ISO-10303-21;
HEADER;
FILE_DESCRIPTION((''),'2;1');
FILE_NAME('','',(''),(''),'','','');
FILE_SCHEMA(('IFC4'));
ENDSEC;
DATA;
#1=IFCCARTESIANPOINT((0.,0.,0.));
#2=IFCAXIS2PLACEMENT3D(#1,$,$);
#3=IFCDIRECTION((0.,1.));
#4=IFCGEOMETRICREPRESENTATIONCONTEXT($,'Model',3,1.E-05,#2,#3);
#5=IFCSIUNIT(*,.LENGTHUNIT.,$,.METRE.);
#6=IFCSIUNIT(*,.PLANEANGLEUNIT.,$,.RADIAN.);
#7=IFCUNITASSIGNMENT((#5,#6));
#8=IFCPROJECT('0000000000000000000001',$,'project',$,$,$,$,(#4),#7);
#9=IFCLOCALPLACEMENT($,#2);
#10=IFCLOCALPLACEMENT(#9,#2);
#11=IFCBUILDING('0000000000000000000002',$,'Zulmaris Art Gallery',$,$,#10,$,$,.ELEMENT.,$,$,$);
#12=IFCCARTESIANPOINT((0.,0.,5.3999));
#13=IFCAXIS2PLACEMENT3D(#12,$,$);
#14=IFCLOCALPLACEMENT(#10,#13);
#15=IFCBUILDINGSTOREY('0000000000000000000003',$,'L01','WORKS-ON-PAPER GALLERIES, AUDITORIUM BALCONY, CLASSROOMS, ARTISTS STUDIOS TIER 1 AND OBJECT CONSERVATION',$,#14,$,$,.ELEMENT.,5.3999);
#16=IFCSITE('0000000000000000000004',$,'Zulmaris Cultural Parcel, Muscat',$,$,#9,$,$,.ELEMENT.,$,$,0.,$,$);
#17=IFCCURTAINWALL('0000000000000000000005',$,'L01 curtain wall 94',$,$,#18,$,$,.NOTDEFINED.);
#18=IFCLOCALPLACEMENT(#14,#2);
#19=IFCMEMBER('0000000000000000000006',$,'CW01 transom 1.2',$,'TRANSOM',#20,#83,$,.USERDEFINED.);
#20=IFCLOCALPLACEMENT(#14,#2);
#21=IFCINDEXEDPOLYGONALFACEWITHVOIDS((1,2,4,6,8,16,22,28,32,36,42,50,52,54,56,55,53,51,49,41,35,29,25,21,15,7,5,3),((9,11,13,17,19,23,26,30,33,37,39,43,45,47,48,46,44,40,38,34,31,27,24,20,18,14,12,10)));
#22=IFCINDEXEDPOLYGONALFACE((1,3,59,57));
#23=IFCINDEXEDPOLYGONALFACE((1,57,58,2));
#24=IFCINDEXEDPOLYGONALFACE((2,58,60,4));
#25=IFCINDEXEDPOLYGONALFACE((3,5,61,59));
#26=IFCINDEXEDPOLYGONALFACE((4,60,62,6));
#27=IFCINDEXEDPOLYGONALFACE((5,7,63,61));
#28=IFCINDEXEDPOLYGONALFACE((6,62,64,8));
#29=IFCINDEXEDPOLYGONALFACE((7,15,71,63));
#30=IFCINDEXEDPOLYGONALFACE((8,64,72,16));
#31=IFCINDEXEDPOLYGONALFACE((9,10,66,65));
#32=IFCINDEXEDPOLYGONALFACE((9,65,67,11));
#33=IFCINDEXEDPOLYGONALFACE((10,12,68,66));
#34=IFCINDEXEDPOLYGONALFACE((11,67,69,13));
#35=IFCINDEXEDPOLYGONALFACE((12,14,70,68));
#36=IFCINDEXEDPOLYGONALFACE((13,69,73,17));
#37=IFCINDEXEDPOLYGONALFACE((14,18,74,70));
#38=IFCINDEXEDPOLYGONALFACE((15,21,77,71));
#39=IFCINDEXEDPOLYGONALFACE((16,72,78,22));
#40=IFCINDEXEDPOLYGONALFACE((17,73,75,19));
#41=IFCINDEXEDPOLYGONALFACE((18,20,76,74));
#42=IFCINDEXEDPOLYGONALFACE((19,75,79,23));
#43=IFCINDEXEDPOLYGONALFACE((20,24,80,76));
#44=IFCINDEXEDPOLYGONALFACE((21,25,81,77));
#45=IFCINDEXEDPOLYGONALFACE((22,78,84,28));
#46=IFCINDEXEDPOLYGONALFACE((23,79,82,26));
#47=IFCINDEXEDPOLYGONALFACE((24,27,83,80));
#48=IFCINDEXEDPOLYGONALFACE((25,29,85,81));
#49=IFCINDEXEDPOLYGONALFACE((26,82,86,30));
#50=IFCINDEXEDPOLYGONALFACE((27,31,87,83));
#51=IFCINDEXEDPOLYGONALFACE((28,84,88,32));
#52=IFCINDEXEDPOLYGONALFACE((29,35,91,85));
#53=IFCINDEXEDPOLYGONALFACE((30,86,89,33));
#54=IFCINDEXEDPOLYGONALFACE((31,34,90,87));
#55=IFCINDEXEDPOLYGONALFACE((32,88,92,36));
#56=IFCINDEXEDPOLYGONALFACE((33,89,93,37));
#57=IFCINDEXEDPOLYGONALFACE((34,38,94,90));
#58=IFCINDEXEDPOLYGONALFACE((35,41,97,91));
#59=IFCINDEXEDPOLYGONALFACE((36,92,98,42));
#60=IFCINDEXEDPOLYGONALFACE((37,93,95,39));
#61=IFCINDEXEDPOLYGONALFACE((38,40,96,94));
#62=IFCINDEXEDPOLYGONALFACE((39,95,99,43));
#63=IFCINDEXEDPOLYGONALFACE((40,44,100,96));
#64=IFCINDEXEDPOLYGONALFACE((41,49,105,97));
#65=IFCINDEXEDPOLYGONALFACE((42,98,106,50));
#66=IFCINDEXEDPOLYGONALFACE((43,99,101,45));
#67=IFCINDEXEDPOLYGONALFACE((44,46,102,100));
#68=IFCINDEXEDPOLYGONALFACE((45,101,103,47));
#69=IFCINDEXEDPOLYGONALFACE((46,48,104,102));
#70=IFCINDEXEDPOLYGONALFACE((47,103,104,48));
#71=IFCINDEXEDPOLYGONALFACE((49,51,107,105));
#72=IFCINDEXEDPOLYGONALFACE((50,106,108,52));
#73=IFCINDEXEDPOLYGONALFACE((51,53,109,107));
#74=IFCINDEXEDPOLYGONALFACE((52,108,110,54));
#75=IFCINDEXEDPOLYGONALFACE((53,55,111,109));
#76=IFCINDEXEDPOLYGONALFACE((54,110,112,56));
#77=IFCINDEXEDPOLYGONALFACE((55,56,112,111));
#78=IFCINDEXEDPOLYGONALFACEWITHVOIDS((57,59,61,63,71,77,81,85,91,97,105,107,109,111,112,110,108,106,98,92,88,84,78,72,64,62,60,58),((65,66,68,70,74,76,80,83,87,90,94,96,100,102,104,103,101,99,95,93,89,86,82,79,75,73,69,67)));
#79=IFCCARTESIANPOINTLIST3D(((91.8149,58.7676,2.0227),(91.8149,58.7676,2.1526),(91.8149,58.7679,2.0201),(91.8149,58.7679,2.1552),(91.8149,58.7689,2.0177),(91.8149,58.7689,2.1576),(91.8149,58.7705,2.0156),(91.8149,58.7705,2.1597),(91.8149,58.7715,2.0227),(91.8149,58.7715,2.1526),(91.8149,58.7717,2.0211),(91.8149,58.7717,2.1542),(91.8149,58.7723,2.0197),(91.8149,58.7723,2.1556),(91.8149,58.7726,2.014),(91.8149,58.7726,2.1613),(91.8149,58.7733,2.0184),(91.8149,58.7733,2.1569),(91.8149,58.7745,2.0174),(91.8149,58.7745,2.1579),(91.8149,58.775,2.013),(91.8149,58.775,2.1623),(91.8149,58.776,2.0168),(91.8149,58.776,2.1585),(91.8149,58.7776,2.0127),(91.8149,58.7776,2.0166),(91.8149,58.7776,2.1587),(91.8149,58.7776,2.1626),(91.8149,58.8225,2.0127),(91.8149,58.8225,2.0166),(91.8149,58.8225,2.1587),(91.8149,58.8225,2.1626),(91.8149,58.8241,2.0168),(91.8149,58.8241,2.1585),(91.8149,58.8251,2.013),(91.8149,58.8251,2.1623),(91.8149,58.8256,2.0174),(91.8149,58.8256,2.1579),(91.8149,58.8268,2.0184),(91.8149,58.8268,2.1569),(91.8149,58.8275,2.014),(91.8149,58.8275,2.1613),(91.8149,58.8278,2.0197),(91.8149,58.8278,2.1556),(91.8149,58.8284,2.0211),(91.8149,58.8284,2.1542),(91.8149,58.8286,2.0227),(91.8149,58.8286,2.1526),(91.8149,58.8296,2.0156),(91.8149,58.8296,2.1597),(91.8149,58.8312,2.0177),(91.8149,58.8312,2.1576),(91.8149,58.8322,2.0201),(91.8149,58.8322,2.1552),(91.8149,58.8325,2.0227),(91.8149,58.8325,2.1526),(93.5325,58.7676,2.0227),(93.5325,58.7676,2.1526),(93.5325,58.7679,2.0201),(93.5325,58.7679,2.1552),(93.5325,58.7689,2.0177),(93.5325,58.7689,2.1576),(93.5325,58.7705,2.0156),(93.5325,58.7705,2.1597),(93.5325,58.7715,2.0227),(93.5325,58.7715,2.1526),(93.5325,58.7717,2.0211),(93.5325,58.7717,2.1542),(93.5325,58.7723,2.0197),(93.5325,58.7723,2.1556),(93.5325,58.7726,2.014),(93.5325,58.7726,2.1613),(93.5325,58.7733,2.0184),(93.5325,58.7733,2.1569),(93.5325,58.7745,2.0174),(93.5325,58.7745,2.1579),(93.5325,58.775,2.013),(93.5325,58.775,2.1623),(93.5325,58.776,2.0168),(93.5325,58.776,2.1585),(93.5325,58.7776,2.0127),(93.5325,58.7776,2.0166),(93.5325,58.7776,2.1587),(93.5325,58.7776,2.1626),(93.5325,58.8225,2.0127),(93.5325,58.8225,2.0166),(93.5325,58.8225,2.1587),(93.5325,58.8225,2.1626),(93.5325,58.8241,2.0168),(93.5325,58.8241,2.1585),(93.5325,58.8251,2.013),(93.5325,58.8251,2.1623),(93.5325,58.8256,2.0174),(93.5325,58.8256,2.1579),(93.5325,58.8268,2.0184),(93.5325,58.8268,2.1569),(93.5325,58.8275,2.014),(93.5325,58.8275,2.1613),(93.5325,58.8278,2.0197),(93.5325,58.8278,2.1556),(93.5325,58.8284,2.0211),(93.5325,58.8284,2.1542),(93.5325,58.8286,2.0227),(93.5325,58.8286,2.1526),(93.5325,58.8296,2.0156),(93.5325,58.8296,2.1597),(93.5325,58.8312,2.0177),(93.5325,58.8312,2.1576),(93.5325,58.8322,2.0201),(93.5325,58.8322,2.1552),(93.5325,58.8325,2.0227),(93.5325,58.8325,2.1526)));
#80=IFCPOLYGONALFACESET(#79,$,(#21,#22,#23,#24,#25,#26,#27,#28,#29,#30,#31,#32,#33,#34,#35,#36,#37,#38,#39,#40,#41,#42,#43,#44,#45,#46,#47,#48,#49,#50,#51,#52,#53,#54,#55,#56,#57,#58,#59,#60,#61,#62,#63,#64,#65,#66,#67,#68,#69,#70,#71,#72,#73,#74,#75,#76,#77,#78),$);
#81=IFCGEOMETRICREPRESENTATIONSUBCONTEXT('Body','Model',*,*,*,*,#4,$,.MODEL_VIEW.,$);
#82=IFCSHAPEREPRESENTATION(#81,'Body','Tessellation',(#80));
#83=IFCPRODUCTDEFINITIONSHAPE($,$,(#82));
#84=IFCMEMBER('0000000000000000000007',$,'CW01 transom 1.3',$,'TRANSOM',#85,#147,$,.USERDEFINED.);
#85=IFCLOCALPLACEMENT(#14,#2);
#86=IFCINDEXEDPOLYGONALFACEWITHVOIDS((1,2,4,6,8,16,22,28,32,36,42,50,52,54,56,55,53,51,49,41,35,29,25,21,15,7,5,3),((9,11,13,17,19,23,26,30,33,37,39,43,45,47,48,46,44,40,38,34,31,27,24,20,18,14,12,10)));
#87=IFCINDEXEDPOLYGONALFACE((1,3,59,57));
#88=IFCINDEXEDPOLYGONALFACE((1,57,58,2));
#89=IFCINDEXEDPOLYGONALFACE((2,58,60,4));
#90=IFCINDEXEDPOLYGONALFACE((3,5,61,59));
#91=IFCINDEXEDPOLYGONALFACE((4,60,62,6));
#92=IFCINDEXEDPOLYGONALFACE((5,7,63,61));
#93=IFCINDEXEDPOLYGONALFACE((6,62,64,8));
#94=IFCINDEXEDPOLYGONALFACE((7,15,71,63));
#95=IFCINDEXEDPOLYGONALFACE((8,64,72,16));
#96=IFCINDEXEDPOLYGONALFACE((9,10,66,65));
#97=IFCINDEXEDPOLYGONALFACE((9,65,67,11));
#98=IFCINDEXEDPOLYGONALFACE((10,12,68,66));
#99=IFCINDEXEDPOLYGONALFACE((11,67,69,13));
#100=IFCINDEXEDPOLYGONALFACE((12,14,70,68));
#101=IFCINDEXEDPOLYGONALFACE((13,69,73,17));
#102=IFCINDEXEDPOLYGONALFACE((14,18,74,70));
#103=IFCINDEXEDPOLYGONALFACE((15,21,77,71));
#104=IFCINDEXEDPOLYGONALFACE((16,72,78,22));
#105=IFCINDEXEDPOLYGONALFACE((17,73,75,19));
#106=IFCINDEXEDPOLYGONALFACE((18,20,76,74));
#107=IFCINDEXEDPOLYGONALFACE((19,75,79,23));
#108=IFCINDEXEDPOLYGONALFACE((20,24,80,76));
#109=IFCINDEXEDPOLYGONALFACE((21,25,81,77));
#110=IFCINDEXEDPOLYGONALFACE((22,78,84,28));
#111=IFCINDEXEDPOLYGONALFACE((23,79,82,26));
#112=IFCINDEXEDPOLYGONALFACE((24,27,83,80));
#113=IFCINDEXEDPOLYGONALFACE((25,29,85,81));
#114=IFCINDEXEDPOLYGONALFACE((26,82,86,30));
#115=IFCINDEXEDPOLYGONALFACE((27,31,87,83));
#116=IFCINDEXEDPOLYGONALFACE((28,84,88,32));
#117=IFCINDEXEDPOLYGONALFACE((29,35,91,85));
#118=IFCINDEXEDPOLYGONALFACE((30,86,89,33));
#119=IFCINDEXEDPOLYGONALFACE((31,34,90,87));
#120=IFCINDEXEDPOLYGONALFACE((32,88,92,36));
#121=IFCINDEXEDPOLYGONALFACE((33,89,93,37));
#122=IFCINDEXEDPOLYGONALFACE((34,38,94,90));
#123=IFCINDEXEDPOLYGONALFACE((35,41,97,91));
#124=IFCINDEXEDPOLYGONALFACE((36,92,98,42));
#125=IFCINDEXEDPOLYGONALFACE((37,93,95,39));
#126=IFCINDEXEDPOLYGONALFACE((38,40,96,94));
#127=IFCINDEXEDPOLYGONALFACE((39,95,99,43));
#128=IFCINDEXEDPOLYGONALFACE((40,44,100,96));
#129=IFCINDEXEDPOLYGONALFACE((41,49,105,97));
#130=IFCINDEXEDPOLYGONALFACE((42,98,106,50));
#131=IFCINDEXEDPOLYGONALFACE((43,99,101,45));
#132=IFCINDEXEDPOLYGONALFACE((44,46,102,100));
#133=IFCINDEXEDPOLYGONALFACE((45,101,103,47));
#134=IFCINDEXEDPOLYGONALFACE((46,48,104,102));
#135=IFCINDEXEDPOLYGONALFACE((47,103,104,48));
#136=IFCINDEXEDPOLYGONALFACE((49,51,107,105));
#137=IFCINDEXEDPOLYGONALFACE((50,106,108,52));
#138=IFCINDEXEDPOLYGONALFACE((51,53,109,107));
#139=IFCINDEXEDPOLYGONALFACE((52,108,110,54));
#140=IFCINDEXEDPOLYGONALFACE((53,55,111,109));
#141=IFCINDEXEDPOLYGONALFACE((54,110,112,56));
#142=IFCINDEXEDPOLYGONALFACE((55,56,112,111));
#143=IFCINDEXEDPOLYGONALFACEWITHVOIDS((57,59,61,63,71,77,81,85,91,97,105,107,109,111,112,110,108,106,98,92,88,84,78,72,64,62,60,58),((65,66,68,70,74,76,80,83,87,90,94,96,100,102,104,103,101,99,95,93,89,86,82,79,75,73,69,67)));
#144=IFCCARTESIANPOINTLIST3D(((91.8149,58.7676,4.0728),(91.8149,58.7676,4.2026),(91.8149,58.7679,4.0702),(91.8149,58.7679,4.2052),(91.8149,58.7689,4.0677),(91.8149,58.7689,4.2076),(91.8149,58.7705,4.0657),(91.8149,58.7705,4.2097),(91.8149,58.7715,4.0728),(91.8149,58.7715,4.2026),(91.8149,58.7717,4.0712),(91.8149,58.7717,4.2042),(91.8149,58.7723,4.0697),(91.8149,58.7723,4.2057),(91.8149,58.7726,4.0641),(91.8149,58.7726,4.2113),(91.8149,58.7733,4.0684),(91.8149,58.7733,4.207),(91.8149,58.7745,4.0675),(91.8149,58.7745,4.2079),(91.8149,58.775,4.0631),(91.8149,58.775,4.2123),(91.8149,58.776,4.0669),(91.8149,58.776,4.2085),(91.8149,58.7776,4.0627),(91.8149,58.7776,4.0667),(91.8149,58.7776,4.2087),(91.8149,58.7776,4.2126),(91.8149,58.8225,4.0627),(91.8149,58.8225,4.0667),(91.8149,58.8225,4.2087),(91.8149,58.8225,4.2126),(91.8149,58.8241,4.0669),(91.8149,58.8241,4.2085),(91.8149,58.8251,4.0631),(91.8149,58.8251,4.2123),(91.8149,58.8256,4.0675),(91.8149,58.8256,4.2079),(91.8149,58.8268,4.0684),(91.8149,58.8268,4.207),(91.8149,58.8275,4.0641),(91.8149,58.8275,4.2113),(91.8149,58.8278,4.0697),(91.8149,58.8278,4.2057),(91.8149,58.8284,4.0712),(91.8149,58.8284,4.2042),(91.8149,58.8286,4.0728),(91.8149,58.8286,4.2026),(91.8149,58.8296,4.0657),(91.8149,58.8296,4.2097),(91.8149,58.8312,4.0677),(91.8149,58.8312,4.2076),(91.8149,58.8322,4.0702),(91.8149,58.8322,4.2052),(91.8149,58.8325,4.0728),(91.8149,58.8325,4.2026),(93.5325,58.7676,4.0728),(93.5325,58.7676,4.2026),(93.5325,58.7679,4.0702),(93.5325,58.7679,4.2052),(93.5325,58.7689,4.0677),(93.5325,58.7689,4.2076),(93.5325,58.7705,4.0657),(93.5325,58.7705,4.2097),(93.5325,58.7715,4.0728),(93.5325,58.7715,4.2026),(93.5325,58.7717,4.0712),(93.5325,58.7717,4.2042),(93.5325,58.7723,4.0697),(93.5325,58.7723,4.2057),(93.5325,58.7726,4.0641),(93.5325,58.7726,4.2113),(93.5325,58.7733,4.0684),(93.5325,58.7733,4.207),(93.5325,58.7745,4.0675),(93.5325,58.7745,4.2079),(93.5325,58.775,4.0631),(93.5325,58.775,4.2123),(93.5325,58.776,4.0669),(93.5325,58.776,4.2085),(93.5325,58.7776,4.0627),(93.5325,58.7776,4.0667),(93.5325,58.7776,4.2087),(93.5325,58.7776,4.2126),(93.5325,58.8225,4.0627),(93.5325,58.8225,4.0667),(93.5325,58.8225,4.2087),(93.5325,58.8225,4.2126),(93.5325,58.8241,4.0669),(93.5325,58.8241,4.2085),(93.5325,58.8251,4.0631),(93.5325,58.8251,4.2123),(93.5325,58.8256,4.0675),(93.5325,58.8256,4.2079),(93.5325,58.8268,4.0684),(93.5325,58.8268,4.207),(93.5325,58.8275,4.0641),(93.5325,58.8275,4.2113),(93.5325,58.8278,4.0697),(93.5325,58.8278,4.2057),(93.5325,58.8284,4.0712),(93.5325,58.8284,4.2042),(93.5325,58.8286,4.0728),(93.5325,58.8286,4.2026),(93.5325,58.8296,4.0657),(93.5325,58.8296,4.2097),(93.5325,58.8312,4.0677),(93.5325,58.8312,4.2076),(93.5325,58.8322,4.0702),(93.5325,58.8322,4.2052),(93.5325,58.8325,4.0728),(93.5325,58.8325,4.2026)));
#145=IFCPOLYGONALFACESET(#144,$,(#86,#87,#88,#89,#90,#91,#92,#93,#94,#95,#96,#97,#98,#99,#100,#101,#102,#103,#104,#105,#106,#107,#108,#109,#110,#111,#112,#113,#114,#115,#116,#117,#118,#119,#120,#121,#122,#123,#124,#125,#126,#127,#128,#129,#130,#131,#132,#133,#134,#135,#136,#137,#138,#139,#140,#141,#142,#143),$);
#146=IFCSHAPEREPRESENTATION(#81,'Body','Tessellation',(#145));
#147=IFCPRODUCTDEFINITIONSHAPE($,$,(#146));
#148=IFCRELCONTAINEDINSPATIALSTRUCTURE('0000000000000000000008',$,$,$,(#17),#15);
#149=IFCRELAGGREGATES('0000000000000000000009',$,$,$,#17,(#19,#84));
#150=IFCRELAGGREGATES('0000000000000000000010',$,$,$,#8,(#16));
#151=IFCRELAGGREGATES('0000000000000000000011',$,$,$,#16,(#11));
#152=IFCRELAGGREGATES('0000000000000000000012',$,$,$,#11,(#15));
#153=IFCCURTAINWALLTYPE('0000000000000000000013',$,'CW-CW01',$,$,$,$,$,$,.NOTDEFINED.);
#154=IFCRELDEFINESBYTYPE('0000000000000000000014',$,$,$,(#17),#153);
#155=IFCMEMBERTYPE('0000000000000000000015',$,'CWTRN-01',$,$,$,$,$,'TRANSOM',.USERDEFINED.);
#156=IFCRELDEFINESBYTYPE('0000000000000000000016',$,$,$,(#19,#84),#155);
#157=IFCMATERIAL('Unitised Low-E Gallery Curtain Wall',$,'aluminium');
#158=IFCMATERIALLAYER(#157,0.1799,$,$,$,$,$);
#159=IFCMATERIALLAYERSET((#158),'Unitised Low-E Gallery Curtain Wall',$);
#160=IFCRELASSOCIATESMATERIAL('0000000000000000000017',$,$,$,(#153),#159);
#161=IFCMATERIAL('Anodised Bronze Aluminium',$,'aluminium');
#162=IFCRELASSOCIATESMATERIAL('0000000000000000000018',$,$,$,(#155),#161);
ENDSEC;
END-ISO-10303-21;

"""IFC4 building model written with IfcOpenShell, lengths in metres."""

from ifc_helpers import new_model, si_unit, direction, frame, origin, origin_2d, place, context, subcontext, project, spatial, hollow_rectangle, extrude, material, layer, layer_set, material_profile, profile_set, type_object, element, aggregate, save


model = new_model("IFC4")

# Units and contexts
model_context = context("Model", 3, precision=1e-05, world=origin(), true_north=direction((0.0, 1.0)))
body_context = subcontext(model_context, "Body", "Model", "MODEL_VIEW")
ifc_project = project(units=[si_unit("LENGTHUNIT", "METRE"), si_unit("PLANEANGLEUNIT", "RADIAN")], contexts=[model_context])

# Site, building, storey
site_placement = place(None, origin())
site = spatial("IfcSite", under=ifc_project, at=site_placement, Name="Zulmaris Cultural Parcel, Muscat", CompositionType="ELEMENT", RefElevation=0.0)
building_placement = place(site_placement, origin())
building = spatial("IfcBuilding", under=site, at=building_placement, Name="Zulmaris Art Gallery", CompositionType="ELEMENT")
storey_placement = place(building_placement, frame((0.0, 0.0, 5.3999)))
storey = spatial("IfcBuildingStorey", under=building, at=storey_placement, Name="L01", Description="WORKS-ON-PAPER GALLERIES, AUDITORIUM BALCONY, CLASSROOMS, ARTISTS STUDIOS TIER 1 AND OBJECT CONSERVATION", CompositionType="ELEMENT", Elevation=5.3999)

# Shared definitions
ifc_material_1 = material(Name="Anodised Bronze Aluminium", Category="aluminium")

# Curtain wall
ifc_material_2 = material(Name="Unitised Low-E Gallery Curtain Wall", Category="aluminium")
ifc_layer_1 = layer(ifc_material_2, 0.1799)
ifc_layer_set_1 = layer_set([ifc_layer_1], Name="Unitised Low-E Gallery Curtain Wall")
curtain_wall_type_1 = type_object("IfcCurtainWallType", Name="CW-CW01", PredefinedType="NOTDEFINED", material=ifc_layer_set_1)
curtain_wall_1_placement = place(storey_placement, origin())
curtain_wall_1 = element("IfcCurtainWall", 1, at=curtain_wall_1_placement, inside=storey, type_object=curtain_wall_type_1, Name="L01 curtain wall 94", PredefinedType="NOTDEFINED")

# Members
ifc_material_profile_1 = material_profile(ifc_material_1, hollow_rectangle(XDim=0.0649, YDim=0.1499, WallThickness=0.0039, InnerFilletRadius=0.0061, OuterFilletRadius=0.01, at=origin_2d()), Name="ALU 65x150x4")
ifc_profile_set_1 = profile_set([ifc_material_profile_1], Name="Anodised Bronze Aluminium")
member_type_1 = type_object("IfcMemberType", Name="CWTRN-01", ElementType="TRANSOM", PredefinedType="USERDEFINED", material=ifc_profile_set_1)
member_1_placement = place(storey_placement, frame((91.8149, 58.8, 2.0876), z_axis=(1.0, 0.0, 0.0), x_axis=(0.0, 1.0, 0.0)))
member_1 = element("IfcMember", 2, at=member_1_placement, type_object=member_type_1, Name="CW01 transom 1.2", ObjectType="TRANSOM", PredefinedType="USERDEFINED", context=body_context, shape_type="SweptSolid", body=[
    extrude(hollow_rectangle(XDim=0.0649, YDim=0.1499, WallThickness=0.0039, InnerFilletRadius=0.0061, OuterFilletRadius=0.01, at=origin_2d()), origin(), (0.0, 0.0, 1.0), 1.7175),
])
member_2_placement = place(storey_placement, frame((91.8149, 58.8, 4.1377), z_axis=(1.0, 0.0, 0.0), x_axis=(0.0, 1.0, 0.0)))
member_2 = element("IfcMember", 3, at=member_2_placement, type_object=member_type_1, Name="CW01 transom 1.3", ObjectType="TRANSOM", PredefinedType="USERDEFINED", context=body_context, shape_type="SweptSolid", body=[
    extrude(hollow_rectangle(XDim=0.0649, YDim=0.1499, WallThickness=0.0039, InnerFilletRadius=0.0061, OuterFilletRadius=0.01, at=origin_2d()), origin(), (0.0, 0.0, 1.0), 1.7175),
])

aggregate(curtain_wall_1, [member_1, member_2])

save(model, "model.ifc")
